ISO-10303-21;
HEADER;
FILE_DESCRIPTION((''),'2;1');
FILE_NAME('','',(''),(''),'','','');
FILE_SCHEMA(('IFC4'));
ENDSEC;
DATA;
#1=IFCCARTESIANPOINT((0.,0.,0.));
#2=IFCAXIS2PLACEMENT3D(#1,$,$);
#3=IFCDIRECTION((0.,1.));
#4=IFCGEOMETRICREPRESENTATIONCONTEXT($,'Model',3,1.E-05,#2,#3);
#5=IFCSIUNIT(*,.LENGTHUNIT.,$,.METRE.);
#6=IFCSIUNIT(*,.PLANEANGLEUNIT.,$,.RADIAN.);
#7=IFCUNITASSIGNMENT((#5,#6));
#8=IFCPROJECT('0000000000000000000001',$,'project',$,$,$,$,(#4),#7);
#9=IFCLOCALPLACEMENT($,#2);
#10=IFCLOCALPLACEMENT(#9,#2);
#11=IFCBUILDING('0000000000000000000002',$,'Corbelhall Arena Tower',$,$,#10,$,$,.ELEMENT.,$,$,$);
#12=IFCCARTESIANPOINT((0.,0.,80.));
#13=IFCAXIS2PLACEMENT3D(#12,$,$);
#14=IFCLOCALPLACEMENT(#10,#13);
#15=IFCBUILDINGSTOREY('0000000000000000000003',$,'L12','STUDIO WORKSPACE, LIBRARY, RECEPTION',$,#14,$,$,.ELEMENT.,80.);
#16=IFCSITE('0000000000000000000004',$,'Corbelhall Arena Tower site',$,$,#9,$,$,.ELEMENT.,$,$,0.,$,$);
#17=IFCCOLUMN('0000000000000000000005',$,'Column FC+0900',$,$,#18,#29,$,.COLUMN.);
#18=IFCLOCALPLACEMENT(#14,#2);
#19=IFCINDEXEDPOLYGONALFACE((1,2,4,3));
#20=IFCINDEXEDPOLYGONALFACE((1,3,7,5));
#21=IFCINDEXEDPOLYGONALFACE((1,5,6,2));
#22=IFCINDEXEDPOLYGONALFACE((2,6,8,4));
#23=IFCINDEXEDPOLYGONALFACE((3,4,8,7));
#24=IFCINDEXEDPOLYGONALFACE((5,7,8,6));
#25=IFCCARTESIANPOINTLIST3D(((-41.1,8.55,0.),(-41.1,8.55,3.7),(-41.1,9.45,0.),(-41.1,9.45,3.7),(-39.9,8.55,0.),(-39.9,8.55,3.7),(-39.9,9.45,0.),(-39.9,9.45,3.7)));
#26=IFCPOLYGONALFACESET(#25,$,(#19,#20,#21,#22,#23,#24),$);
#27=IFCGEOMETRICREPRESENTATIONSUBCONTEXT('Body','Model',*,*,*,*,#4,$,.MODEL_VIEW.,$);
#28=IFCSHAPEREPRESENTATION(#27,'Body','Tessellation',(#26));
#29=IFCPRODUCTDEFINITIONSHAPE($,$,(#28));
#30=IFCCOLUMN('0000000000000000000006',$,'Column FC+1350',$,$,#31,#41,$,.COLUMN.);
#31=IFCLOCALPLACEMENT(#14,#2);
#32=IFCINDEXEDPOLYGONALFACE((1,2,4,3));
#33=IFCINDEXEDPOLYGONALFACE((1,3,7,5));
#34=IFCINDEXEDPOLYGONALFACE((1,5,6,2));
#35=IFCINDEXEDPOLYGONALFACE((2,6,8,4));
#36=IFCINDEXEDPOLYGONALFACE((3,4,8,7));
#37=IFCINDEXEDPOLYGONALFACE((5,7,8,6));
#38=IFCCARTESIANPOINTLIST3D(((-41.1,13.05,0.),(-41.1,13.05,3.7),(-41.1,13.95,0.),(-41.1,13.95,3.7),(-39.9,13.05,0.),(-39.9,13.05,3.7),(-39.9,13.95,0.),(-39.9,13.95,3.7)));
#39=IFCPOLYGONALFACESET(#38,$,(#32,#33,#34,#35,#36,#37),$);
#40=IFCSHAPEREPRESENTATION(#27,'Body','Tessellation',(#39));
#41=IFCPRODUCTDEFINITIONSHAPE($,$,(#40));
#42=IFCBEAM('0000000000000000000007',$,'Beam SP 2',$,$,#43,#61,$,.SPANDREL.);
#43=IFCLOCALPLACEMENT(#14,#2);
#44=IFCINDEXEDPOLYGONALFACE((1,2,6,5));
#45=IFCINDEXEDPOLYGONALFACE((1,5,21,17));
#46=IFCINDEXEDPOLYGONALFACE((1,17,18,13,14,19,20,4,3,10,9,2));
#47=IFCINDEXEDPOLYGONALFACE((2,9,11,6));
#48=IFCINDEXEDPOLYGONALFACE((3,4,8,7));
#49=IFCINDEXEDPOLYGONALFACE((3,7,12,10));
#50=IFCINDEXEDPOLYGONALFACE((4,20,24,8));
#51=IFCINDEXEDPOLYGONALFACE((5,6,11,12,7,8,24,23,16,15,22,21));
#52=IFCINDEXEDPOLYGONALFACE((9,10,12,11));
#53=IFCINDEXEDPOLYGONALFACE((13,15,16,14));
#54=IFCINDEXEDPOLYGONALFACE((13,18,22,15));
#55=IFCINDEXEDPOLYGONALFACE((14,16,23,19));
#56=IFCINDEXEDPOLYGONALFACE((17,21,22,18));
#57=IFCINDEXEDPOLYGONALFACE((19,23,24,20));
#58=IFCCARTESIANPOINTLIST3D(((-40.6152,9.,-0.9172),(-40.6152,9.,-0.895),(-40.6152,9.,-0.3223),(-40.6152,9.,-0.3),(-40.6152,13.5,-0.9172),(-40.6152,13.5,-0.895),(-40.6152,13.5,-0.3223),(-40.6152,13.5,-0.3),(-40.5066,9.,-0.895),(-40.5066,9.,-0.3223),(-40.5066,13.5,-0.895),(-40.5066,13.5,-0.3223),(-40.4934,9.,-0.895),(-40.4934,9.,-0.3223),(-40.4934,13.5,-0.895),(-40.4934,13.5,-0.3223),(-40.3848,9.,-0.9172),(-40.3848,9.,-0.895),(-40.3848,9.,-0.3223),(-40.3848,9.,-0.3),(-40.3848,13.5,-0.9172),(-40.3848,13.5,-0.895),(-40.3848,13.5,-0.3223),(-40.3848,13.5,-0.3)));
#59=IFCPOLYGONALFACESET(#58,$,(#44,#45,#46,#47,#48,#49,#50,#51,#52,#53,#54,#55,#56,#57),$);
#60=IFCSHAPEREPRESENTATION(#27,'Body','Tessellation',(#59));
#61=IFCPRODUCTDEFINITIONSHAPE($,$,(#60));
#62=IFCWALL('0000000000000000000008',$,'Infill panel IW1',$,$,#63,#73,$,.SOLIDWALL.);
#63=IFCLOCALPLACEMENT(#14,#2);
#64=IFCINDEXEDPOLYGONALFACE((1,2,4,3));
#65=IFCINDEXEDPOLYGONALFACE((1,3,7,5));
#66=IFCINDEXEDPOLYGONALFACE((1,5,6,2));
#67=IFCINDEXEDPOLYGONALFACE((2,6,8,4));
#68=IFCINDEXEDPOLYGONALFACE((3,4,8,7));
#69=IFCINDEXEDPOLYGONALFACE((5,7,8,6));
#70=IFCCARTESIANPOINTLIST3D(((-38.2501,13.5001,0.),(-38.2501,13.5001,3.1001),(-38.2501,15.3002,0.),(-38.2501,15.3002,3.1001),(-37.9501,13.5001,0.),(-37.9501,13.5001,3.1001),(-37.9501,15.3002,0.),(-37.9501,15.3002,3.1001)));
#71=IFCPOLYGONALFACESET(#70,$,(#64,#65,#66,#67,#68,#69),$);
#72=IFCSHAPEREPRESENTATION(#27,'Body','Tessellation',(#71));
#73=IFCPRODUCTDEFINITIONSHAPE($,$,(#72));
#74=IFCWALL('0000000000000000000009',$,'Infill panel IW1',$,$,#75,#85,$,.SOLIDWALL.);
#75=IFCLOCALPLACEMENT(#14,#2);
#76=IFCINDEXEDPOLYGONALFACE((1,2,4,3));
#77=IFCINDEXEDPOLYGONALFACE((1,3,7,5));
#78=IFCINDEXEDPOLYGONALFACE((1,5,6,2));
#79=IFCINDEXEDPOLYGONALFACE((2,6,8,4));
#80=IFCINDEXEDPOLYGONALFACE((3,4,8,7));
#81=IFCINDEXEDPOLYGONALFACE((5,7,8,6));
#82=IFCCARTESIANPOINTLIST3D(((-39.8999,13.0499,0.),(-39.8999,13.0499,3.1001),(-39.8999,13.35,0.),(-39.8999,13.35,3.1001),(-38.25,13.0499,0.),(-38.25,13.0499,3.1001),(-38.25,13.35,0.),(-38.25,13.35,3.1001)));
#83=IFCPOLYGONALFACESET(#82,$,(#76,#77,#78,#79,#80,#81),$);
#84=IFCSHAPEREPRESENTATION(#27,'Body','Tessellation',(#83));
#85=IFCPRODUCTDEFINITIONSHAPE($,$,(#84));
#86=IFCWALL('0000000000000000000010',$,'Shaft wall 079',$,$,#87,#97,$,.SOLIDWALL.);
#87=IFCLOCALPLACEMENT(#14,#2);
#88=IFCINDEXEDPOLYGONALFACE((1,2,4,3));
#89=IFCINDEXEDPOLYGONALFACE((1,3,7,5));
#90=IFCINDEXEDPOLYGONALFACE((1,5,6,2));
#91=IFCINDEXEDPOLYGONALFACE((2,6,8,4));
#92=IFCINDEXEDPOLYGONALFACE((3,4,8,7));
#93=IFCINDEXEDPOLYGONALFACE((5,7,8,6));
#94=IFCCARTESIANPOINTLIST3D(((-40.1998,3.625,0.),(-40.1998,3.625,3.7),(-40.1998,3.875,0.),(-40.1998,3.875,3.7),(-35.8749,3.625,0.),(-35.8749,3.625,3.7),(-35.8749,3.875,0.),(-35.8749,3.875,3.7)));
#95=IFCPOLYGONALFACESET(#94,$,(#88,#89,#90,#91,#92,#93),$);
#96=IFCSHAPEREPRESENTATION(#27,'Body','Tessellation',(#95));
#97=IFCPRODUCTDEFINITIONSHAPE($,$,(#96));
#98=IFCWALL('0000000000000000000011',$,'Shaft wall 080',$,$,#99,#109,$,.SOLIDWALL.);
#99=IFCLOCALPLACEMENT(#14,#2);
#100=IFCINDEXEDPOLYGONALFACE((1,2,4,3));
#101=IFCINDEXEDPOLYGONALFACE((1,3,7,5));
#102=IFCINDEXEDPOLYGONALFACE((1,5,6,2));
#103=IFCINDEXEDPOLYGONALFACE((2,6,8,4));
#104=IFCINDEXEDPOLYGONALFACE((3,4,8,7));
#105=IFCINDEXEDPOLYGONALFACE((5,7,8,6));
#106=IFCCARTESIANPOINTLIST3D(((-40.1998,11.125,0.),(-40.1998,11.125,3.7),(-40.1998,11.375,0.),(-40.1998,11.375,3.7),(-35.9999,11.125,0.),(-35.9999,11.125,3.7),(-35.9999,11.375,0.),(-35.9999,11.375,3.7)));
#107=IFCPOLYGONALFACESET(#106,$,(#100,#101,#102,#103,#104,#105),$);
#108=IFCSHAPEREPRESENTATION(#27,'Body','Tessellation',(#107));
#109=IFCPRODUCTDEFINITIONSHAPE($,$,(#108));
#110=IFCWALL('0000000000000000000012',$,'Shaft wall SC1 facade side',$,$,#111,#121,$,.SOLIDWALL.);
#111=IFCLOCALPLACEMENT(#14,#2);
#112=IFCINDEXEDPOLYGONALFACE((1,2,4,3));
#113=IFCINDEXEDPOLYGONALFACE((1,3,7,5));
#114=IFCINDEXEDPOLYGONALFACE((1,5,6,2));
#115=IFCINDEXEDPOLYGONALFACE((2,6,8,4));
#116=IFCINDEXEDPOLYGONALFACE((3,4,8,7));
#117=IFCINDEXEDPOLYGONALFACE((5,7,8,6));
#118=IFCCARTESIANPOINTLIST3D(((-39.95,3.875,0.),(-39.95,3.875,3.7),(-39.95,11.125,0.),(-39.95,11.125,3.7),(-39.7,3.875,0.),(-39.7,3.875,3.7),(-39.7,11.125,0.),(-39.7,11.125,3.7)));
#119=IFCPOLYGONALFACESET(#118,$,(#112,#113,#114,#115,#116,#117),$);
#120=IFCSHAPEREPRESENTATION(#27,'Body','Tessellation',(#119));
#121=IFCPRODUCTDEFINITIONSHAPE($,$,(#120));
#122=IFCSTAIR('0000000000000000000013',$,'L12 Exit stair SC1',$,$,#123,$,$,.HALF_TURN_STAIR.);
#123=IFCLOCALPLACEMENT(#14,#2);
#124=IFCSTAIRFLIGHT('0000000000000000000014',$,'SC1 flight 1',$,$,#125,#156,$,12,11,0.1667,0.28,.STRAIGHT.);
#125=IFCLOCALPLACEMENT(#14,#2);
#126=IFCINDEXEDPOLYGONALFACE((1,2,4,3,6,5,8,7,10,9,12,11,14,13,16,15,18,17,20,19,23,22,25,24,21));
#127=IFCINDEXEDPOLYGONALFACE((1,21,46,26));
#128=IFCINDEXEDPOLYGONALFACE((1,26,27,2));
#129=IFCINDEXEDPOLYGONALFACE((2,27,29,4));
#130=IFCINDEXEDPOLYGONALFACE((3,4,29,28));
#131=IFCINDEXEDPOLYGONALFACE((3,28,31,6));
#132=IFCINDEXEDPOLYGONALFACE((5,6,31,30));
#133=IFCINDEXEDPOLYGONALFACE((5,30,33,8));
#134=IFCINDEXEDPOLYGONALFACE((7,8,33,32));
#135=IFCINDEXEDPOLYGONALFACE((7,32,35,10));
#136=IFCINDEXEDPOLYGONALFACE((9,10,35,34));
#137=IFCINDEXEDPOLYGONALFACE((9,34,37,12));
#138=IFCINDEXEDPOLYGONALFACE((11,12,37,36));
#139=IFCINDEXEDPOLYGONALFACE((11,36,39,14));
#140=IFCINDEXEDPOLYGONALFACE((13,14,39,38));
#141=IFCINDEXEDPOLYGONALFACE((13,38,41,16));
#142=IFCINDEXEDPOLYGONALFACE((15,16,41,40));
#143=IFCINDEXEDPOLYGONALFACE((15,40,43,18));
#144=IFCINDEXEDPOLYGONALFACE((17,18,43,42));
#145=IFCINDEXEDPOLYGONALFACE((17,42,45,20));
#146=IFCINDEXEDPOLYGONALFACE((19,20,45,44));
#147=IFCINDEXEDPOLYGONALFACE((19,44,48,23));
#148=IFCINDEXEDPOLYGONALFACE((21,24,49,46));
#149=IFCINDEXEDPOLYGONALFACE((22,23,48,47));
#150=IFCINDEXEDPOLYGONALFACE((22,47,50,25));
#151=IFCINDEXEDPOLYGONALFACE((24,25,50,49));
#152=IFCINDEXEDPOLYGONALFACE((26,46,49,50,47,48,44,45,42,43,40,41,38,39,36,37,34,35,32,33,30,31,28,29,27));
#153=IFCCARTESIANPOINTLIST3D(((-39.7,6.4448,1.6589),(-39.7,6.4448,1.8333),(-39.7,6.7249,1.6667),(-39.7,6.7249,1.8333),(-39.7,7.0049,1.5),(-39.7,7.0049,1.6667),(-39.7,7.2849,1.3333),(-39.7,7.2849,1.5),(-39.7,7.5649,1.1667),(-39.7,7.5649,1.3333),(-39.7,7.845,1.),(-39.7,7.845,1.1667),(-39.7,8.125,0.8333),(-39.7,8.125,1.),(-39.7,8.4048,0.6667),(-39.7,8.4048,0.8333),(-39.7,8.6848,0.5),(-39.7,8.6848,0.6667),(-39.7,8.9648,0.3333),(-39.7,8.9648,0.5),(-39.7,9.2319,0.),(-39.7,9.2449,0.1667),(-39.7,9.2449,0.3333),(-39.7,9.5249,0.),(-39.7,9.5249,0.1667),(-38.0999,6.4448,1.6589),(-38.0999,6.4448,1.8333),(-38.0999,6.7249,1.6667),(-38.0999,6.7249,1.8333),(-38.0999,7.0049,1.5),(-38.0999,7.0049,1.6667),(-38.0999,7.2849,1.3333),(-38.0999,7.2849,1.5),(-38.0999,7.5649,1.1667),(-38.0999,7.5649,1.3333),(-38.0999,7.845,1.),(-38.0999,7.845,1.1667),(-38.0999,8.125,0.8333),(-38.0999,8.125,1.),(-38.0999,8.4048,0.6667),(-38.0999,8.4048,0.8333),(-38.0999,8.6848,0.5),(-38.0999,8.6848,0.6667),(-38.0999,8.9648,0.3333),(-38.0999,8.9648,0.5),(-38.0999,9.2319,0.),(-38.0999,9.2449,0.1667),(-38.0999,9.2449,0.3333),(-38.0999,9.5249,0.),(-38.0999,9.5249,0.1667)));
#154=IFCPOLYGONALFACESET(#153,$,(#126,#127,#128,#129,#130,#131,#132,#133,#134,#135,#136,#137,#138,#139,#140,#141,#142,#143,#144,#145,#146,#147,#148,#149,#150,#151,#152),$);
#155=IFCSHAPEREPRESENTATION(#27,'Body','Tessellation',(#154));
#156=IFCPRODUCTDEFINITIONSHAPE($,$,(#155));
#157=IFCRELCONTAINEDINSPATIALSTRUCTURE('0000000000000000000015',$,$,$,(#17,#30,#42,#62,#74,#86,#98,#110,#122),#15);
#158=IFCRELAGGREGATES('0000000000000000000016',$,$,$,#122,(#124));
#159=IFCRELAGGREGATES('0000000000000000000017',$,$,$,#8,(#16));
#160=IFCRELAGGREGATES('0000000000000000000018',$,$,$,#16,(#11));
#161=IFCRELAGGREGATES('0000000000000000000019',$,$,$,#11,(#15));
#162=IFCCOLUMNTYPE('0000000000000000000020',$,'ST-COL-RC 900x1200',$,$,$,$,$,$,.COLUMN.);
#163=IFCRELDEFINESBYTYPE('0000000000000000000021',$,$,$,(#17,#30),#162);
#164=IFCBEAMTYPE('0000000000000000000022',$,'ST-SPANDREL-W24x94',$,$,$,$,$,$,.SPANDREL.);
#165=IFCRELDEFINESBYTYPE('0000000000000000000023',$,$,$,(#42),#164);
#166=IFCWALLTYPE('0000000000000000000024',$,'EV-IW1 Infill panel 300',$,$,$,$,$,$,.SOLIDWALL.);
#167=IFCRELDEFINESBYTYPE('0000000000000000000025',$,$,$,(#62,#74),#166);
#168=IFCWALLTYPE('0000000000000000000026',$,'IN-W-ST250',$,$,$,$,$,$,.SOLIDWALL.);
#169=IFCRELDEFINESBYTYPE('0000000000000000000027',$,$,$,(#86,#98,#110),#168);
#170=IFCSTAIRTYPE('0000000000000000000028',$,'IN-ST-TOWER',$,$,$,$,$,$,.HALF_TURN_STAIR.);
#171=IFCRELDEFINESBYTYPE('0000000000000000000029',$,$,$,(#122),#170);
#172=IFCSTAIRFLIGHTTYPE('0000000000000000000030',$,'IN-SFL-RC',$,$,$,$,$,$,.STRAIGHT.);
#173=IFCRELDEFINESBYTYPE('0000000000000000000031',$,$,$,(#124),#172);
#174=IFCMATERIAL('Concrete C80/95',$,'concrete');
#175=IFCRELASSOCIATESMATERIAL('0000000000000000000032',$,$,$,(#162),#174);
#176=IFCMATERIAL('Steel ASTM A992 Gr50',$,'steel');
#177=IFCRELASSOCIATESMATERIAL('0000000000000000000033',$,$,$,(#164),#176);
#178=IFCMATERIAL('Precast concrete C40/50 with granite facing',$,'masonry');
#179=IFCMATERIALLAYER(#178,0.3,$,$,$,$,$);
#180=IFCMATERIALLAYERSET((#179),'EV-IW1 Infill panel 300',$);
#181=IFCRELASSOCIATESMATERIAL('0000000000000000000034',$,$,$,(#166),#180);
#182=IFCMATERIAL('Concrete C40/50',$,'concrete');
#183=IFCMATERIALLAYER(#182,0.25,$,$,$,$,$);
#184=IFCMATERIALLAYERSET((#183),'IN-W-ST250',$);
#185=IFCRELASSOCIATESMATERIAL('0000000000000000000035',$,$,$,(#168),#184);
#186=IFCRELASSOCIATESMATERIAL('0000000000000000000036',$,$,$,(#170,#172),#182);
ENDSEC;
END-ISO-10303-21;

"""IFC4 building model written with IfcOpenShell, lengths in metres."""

from ifc_helpers import new_model, si_unit, direction, frame, frame_2d, origin, origin_2d, place, context, subcontext, project, spatial, polyline, rectangle, i_section, outline, extrude, material, layer, layer_set, material_profile, profile_set, type_object, element, aggregate, save


model = new_model("IFC4")

# Units and contexts
model_context = context("Model", 3, precision=1e-05, world=origin(), true_north=direction((0.0, 1.0)))
body_context = subcontext(model_context, "Body", "Model", "MODEL_VIEW")
ifc_project = project(units=[si_unit("LENGTHUNIT", "METRE"), si_unit("PLANEANGLEUNIT", "RADIAN")], contexts=[model_context])

# Site, building, storey
site_placement = place(None, origin())
site = spatial("IfcSite", under=ifc_project, at=site_placement, Name="Corbelhall Arena Tower site", CompositionType="ELEMENT", RefElevation=0.0)
building_placement = place(site_placement, origin())
building = spatial("IfcBuilding", under=site, at=building_placement, Name="Corbelhall Arena Tower", CompositionType="ELEMENT")
storey_placement = place(building_placement, frame((0.0, 0.0, 80.0)))
storey = spatial("IfcBuildingStorey", under=building, at=storey_placement, Name="L12", Description="STUDIO WORKSPACE, LIBRARY, RECEPTION", CompositionType="ELEMENT", Elevation=80.0)

# Columns
ifc_material_1 = material(Name="Concrete C80/95", Category="concrete")
ifc_material_profile_1 = material_profile(ifc_material_1, rectangle(XDim=0.8999, YDim=1.2, at=origin_2d()))
ifc_profile_set_1 = profile_set([ifc_material_profile_1], Name="Concrete C80/95")
column_type = type_object("IfcColumnType", Name="ST-COL-RC 900x1200", PredefinedType="COLUMN", material=ifc_profile_set_1)
for number, where, z_axis, x_axis, name in (
    (1, (-40.5, 9.0, 0.0), (0.0, 0.0, 1.0), (0.0, 1.0, 0.0), "Column FC+0900"),
    (2, (-40.5, 13.5, 0.0), (0.0, 0.0, 1.0), (0.0, 1.0, 0.0), "Column FC+1350"),
):
    element("IfcColumn", number, at=place(storey_placement, frame(where, z_axis=z_axis, x_axis=x_axis)), inside=storey, type_object=column_type, Name=name, PredefinedType="COLUMN", context=body_context, shape_type="SweptSolid", body=[
        extrude(rectangle(XDim=0.8999, YDim=1.2, at=origin_2d()), origin(), (0.0, 0.0, 1.0), 3.7),
    ])

# Beam
ifc_material_2 = material(Name="Steel ASTM A992 Gr50", Category="steel")
ifc_material_profile_2 = material_profile(ifc_material_2, i_section(OverallWidth=0.2305, OverallDepth=0.6172, WebThickness=0.0132, FlangeThickness=0.0222, at=origin_2d()))
ifc_profile_set_2 = profile_set([ifc_material_profile_2], Name="Steel ASTM A992 Gr50")
beam_type = type_object("IfcBeamType", Name="ST-SPANDREL-W24x94", PredefinedType="SPANDREL", material=ifc_profile_set_2)
beam_placement = place(storey_placement, frame((-40.5, 9.0, -0.6086), z_axis=(0.0, 1.0, 0.0), x_axis=(-1.0, 0.0, 0.0)))
element("IfcBeam", 3, at=beam_placement, inside=storey, type_object=beam_type, Name="Beam SP 2", PredefinedType="SPANDREL", context=body_context, shape_type="SweptSolid", body=[
    extrude(i_section(OverallWidth=0.2305, OverallDepth=0.6172, WebThickness=0.0132, FlangeThickness=0.0222, at=origin_2d()), origin(), (0.0, 0.0, 1.0), 4.5),
])

# Walls
ifc_material_3 = material(Name="Precast concrete C40/50 with granite facing", Category="masonry")
ifc_layer_1 = layer(ifc_material_3, 0.3)
ifc_layer_set_1 = layer_set([ifc_layer_1], Name="EV-IW1 Infill panel 300")
wall_type_1 = type_object("IfcWallType", Name="EV-IW1 Infill panel 300", PredefinedType="SOLIDWALL", material=ifc_layer_set_1)
wall_1_placement = place(storey_placement, frame((-38.1001, 15.3, 0.0), z_axis=(0.0, 0.0, 1.0), x_axis=(0.0, -1.0, 0.0)))
element("IfcWall", 4, at=wall_1_placement, inside=storey, type_object=wall_type_1, Name="Infill panel IW1", PredefinedType="SOLIDWALL", context=body_context, shape_type="SweptSolid", body=[
    extrude(rectangle(XDim=1.8, YDim=0.3, at=frame_2d((0.8999, 0.0))), origin(), (0.0, 0.0, 1.0), 3.1001),
])
wall_2_placement = place(storey_placement, frame((-39.8999, 13.2, 0.0), z_axis=(0.0, 0.0, 1.0), x_axis=(1.0, 0.0, 0.0)))
element("IfcWall", 5, at=wall_2_placement, inside=storey, type_object=wall_type_1, Name="Infill panel IW1", PredefinedType="SOLIDWALL", context=body_context, shape_type="SweptSolid", body=[
    extrude(rectangle(XDim=1.6499, YDim=0.3, at=frame_2d((0.825, 0.0))), origin(), (0.0, 0.0, 1.0), 3.1001),
])

# Walls
ifc_material_4 = material(Name="Concrete C40/50", Category="concrete")
ifc_layer_2 = layer(ifc_material_4, 0.25)
ifc_layer_set_2 = layer_set([ifc_layer_2], Name="IN-W-ST250")
wall_type_2 = type_object("IfcWallType", Name="IN-W-ST250", PredefinedType="SOLIDWALL", material=ifc_layer_set_2)
wall_3_placement = place(storey_placement, frame((-40.2, 3.75, 0.0), z_axis=(0.0, 0.0, 1.0), x_axis=(1.0, 0.0, 0.0)))
element("IfcWall", 6, at=wall_3_placement, inside=storey, type_object=wall_type_2, Name="Shaft wall 079", PredefinedType="SOLIDWALL", context=body_context, shape_type="SweptSolid", body=[
    extrude(rectangle(XDim=4.325, YDim=0.25, at=frame_2d((2.1626, 0.0))), origin(), (0.0, 0.0, 1.0), 3.7),
])
wall_4_placement = place(storey_placement, frame((-40.2, 11.25, 0.0), z_axis=(0.0, 0.0, 1.0), x_axis=(1.0, 0.0, 0.0)))
element("IfcWall", 7, at=wall_4_placement, inside=storey, type_object=wall_type_2, Name="Shaft wall 080", PredefinedType="SOLIDWALL", context=body_context, shape_type="SweptSolid", body=[
    extrude(rectangle(XDim=4.2, YDim=0.25, at=frame_2d((2.1001, 0.0))), origin(), (0.0, 0.0, 1.0), 3.7),
])
wall_5_placement = place(storey_placement, frame((-39.825, 3.875, 0.0), z_axis=(0.0, 0.0, 1.0), x_axis=(0.0, 1.0, 0.0)))
element("IfcWall", 8, at=wall_5_placement, inside=storey, type_object=wall_type_2, Name="Shaft wall SC1 facade side", PredefinedType="SOLIDWALL", context=body_context, shape_type="SweptSolid", body=[
    extrude(rectangle(XDim=7.25, YDim=0.25, at=frame_2d((3.625, 0.0))), origin(), (0.0, 0.0, 1.0), 3.7),
])

# Stair, stair flight
stair_type = type_object("IfcStairType", Name="IN-ST-TOWER", PredefinedType="HALF_TURN_STAIR", material=ifc_material_4)
stair_placement = place(storey_placement, origin())
stair = element("IfcStair", 9, at=stair_placement, inside=storey, type_object=stair_type, Name="L12 Exit stair SC1", PredefinedType="HALF_TURN_STAIR")
stair_flight_type = type_object("IfcStairFlightType", Name="IN-SFL-RC", PredefinedType="STRAIGHT", material=ifc_material_4)
stair_flight_placement = place(storey_placement, frame((-38.8999, 9.5249, 0.0), z_axis=(0.0, 0.0, 1.0), x_axis=(0.0, -1.0, 0.0)))
stair_flight = element("IfcStairFlight", 10, at=stair_flight_placement, type_object=stair_flight_type, Name="SC1 flight 1", NumberOfRisers=12, NumberOfTreads=11, PredefinedType="STRAIGHT", RiserHeight=0.1667, TreadLength=0.28, context=body_context, shape_type="SweptSolid", body=[
    extrude(outline(polyline([(0.0, 0.0), (0.0, 0.1667), (0.28, 0.1667), (0.28, 0.3333), (0.5601, 0.3333), (0.5601, 0.5), (0.8401, 0.5), (0.8401, 0.6667), (1.1201, 0.6667), (1.1201, 0.8333), (1.3999, 0.8333), (1.3999, 1.0), (1.6799, 1.0), (1.6799, 1.1667), (1.96, 1.1667), (1.96, 1.3333), (2.24, 1.3333), (2.24, 1.5), (2.52, 1.5), (2.52, 1.6667), (2.8, 1.6667), (2.8, 1.8333), (3.0801, 1.8333), (3.0801, 2.0), (3.0801, 1.6589), (0.293, 0.0), (0.0, 0.0)])), frame((0.0, 0.8, 0.0), z_axis=(0.0, -1.0, 0.0), x_axis=(1.0, 0.0, 0.0)), (0.0, 0.0, 1.0), 1.6001),
])
aggregate(stair, [stair_flight])

save(model, "model.ifc")
